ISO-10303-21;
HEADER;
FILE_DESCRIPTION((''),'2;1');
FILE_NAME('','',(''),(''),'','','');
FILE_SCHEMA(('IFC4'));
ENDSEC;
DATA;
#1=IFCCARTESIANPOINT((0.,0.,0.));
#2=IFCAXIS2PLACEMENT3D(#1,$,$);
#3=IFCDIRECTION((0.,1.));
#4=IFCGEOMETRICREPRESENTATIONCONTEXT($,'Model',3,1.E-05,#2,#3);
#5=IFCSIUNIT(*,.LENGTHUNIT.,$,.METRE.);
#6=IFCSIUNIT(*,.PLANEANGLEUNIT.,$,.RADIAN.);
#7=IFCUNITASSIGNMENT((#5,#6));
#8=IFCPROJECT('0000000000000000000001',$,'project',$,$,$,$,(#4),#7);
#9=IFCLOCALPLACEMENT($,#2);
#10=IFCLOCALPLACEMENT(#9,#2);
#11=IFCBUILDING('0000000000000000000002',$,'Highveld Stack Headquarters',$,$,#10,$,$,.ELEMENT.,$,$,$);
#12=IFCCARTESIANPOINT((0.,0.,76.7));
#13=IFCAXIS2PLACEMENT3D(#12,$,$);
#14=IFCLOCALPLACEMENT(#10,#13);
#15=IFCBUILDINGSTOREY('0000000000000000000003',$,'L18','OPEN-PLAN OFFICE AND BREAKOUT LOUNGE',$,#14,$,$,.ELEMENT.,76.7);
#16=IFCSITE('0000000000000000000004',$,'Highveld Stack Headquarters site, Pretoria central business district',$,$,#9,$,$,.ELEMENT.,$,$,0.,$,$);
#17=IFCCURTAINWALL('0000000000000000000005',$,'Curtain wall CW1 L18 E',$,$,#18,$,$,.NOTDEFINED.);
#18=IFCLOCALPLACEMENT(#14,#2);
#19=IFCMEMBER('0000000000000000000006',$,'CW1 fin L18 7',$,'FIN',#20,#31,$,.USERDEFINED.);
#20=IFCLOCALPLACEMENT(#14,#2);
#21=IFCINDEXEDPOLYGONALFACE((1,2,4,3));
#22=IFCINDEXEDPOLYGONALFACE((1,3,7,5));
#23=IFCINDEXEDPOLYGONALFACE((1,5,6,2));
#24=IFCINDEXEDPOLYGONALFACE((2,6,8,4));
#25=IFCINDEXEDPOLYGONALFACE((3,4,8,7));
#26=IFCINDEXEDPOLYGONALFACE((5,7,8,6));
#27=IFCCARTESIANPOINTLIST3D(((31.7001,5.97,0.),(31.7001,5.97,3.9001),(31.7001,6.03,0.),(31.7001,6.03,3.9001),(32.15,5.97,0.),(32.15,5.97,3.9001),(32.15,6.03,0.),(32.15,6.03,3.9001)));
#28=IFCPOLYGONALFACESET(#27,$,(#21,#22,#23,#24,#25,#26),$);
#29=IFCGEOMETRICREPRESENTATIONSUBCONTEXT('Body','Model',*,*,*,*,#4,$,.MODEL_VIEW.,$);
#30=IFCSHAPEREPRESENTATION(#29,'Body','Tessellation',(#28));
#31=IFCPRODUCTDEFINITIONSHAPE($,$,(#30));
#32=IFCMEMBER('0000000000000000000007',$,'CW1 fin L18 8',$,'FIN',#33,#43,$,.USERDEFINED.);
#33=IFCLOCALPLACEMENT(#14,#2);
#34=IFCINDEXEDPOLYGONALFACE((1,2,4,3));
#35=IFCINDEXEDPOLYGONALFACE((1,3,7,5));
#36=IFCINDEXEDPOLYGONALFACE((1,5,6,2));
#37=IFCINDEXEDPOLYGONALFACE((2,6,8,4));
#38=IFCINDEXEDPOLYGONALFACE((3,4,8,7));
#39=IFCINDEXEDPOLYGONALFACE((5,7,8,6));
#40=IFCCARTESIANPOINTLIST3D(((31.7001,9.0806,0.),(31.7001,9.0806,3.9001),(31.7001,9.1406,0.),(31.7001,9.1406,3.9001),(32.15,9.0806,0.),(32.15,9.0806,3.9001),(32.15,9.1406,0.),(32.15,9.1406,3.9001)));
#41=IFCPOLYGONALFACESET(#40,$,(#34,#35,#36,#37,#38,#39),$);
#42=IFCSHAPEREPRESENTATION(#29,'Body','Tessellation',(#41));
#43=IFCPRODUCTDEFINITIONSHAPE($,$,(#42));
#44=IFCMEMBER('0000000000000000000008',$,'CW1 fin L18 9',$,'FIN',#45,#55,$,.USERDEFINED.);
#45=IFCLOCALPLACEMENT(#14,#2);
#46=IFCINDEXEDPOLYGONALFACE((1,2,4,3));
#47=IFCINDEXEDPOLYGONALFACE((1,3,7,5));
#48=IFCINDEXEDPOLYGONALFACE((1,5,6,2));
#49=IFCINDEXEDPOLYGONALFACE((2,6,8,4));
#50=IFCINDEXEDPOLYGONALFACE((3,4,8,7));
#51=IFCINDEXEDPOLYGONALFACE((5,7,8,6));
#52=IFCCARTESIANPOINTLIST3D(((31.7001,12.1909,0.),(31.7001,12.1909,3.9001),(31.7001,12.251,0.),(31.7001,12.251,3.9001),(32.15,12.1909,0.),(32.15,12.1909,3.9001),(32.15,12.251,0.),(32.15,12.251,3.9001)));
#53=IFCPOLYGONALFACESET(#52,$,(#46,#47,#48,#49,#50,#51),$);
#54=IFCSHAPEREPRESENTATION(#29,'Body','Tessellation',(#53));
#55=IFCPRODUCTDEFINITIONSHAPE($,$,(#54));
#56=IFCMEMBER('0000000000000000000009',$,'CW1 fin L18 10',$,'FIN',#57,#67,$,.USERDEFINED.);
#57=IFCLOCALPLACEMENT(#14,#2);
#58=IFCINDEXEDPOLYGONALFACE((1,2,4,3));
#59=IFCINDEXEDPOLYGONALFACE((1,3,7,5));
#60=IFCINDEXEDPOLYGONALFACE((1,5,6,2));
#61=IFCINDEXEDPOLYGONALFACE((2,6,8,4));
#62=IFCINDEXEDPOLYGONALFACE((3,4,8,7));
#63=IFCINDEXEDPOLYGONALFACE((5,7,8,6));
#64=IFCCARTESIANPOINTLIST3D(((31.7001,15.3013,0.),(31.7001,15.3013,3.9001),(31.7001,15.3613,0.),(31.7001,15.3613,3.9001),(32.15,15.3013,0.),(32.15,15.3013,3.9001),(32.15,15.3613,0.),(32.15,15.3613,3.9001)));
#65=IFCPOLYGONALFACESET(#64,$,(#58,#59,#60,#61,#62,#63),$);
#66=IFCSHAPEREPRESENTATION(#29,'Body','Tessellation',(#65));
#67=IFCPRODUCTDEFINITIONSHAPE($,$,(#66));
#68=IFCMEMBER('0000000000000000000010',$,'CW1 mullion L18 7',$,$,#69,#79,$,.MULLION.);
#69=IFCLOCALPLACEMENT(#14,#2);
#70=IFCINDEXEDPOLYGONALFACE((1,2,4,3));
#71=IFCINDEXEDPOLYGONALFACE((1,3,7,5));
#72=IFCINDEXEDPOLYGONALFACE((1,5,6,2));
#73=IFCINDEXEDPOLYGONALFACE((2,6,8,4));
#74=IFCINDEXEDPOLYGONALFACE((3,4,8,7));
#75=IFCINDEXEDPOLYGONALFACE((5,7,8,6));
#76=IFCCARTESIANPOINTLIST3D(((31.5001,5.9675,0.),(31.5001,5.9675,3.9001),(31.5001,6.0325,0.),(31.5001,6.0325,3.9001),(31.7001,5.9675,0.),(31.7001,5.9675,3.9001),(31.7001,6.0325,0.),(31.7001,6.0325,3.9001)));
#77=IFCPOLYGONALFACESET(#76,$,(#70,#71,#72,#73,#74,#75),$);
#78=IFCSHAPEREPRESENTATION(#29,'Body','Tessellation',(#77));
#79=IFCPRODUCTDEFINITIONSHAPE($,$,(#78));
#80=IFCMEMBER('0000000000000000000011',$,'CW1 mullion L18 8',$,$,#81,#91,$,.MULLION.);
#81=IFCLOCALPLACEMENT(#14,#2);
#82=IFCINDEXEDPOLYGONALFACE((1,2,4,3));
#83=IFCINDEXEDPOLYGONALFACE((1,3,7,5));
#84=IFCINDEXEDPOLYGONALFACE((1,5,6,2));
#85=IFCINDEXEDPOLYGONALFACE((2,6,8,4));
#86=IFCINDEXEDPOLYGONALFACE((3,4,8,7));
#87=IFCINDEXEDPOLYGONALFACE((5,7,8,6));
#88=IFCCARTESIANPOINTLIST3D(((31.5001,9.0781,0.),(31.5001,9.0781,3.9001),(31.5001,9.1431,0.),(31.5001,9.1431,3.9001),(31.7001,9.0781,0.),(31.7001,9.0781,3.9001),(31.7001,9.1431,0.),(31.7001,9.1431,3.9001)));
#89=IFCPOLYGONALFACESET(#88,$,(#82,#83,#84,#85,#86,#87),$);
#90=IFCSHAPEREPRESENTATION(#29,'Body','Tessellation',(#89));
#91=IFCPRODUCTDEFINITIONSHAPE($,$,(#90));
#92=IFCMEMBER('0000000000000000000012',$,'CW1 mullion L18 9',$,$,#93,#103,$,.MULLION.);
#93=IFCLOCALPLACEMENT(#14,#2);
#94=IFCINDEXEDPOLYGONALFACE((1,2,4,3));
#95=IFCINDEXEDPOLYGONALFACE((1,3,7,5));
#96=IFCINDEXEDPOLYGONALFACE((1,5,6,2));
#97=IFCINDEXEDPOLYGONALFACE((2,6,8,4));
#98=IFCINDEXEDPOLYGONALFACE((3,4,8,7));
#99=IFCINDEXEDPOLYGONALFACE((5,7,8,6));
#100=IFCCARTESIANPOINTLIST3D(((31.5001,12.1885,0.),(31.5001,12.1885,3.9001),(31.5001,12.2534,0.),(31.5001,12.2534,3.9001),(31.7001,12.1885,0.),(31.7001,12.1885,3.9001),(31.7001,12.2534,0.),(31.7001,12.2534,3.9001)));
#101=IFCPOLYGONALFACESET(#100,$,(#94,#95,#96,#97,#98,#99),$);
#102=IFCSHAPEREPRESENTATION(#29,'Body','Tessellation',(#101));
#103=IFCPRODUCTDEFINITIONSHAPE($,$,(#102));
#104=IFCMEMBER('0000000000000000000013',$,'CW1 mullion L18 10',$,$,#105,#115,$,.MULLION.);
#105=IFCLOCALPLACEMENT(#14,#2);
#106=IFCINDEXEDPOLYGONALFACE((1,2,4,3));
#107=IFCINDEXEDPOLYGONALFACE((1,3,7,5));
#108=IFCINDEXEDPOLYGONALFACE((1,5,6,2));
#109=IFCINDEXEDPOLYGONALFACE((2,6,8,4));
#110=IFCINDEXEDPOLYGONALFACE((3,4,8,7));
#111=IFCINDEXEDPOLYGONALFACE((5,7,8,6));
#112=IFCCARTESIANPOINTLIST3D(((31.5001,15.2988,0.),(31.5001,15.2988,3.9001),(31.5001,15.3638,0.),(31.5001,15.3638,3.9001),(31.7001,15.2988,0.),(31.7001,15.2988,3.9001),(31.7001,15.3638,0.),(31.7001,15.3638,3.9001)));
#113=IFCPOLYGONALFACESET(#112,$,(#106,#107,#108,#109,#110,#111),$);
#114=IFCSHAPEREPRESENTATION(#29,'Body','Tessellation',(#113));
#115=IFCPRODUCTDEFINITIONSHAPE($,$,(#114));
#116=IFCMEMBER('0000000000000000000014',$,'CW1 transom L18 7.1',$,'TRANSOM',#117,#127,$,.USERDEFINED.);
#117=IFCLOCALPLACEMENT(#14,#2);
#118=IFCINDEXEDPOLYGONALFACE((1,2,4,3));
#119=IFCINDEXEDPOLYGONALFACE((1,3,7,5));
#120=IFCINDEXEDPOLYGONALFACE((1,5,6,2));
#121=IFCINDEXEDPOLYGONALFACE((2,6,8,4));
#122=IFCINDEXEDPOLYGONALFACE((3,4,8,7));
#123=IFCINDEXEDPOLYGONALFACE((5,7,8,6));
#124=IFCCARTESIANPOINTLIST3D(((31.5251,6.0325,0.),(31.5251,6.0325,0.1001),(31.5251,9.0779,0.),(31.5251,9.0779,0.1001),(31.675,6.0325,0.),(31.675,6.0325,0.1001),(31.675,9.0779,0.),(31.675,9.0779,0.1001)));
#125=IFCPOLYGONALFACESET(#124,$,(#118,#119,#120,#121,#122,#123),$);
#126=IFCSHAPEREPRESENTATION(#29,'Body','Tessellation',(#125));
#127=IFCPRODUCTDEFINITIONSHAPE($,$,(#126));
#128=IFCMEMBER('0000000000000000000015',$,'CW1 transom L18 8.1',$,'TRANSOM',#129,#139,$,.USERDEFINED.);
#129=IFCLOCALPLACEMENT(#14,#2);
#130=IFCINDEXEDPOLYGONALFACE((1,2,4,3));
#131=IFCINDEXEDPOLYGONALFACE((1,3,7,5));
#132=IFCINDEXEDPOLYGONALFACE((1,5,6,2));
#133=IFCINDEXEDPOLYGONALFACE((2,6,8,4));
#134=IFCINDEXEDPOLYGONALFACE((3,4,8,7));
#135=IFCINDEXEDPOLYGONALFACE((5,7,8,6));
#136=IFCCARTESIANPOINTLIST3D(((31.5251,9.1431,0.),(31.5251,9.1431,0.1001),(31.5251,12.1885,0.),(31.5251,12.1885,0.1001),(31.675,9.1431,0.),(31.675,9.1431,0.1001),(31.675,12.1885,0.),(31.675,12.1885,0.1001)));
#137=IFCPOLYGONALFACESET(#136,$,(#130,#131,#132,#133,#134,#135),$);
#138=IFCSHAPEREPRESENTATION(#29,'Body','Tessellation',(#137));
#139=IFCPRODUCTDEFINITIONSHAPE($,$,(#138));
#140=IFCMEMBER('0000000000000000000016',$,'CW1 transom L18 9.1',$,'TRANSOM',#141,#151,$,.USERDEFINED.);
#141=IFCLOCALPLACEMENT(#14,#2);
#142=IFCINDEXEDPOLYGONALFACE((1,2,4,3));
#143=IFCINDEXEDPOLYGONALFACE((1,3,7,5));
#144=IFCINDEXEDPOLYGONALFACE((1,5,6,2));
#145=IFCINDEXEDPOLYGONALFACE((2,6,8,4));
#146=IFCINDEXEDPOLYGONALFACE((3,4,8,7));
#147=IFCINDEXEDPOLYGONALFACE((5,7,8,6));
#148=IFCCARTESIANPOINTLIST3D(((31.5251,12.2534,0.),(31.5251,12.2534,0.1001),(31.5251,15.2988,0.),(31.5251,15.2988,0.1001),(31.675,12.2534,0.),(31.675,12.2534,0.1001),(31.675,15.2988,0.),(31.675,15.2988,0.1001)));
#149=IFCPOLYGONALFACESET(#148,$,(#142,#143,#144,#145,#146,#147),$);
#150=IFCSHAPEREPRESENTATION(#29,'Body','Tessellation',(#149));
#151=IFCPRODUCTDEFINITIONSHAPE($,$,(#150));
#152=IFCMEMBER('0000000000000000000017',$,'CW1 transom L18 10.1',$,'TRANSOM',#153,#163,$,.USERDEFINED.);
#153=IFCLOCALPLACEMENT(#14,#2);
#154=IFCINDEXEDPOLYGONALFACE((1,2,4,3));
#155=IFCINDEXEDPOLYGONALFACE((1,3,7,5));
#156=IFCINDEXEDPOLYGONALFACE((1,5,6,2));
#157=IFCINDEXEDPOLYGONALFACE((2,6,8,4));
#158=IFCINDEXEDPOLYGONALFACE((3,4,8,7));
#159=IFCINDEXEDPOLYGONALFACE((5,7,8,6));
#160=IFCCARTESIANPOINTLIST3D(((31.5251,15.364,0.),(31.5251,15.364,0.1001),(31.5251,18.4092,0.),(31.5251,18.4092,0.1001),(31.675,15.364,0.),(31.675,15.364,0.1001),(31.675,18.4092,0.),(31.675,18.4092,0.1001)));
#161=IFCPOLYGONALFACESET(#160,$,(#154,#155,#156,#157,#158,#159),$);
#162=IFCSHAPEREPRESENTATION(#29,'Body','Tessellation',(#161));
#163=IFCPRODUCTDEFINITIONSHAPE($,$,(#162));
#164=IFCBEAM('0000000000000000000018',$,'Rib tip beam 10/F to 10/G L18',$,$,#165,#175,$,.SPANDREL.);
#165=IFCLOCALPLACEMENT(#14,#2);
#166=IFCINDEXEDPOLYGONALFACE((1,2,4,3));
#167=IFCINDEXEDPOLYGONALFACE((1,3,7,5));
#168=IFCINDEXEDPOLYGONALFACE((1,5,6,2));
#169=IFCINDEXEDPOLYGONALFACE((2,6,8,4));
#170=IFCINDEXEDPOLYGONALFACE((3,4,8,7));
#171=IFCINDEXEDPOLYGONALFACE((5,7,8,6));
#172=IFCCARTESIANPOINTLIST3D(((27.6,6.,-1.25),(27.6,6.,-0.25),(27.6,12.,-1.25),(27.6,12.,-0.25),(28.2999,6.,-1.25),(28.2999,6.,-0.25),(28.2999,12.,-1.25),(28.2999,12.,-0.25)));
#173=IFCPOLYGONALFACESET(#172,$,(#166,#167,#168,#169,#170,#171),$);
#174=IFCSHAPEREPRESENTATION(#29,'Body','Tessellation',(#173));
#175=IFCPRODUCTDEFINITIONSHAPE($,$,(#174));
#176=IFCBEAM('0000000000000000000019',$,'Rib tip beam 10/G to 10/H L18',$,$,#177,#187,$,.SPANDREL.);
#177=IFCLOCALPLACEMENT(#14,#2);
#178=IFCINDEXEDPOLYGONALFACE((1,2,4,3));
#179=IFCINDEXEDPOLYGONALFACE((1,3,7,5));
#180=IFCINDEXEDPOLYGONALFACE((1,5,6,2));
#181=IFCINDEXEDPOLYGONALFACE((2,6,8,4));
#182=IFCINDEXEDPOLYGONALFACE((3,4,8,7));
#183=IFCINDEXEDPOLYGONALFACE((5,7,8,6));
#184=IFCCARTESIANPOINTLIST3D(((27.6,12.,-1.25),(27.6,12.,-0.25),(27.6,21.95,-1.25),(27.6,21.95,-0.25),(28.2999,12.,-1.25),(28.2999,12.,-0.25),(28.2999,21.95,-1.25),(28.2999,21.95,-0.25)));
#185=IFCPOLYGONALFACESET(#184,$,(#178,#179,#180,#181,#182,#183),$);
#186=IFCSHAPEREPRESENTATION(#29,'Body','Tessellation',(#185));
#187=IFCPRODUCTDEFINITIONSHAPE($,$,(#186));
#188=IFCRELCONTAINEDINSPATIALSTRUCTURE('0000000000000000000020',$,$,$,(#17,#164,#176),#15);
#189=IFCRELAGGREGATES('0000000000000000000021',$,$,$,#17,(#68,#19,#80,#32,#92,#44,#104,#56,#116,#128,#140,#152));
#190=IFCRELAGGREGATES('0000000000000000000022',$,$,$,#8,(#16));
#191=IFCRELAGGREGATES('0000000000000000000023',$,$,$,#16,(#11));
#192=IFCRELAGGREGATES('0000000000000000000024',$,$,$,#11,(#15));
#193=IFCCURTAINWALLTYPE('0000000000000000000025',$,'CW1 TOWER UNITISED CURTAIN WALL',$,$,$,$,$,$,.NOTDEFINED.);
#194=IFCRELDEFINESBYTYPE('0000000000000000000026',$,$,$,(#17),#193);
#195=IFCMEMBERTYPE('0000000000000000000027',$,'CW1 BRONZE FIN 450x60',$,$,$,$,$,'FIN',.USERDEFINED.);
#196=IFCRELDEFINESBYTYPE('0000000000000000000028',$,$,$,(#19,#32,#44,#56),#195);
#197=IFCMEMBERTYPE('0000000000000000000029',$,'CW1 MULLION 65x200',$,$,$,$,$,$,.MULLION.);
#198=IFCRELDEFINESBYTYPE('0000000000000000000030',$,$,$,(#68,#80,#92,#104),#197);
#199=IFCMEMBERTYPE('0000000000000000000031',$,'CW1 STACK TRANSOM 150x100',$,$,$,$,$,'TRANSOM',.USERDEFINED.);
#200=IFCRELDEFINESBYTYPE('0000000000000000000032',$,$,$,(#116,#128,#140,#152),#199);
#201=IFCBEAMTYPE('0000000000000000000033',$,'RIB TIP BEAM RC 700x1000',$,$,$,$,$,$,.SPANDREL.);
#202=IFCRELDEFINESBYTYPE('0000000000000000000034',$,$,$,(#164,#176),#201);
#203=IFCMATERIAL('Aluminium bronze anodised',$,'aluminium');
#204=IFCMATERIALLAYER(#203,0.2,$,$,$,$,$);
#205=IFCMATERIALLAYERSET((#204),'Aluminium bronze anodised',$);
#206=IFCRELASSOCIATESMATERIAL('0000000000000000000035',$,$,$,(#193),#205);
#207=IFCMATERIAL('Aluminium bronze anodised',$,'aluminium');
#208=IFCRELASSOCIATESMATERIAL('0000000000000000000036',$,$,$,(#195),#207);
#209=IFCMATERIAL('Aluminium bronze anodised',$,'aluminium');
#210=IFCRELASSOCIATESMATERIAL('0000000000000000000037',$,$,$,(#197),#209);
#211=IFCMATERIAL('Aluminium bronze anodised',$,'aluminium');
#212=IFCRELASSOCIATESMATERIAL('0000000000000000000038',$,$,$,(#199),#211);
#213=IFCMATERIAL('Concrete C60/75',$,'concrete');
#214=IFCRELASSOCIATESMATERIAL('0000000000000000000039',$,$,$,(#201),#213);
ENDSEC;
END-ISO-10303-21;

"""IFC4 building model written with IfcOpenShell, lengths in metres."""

from ifc_helpers import new_model, si_unit, direction, frame, origin, origin_2d, place, context, subcontext, project, spatial, rectangle, extrude, material, layer, layer_set, material_profile, profile_set, type_object, element, aggregate, save


model = new_model("IFC4")

# Units and contexts
model_context = context("Model", 3, precision=1e-05, world=origin(), true_north=direction((0.0, 1.0)))
body_context = subcontext(model_context, "Body", "Model", "MODEL_VIEW")
ifc_project = project(units=[si_unit("LENGTHUNIT", "METRE"), si_unit("PLANEANGLEUNIT", "RADIAN")], contexts=[model_context])

# Site, building, storey
site_placement = place(None, origin())
site = spatial("IfcSite", under=ifc_project, at=site_placement, Name="Highveld Stack Headquarters site, Pretoria central business district", CompositionType="ELEMENT", RefElevation=0.0)
building_placement = place(site_placement, origin())
building = spatial("IfcBuilding", under=site, at=building_placement, Name="Highveld Stack Headquarters", CompositionType="ELEMENT")
storey_placement = place(building_placement, frame((0.0, 0.0, 76.7)))
storey = spatial("IfcBuildingStorey", under=building, at=storey_placement, Name="L18", Description="OPEN-PLAN OFFICE AND BREAKOUT LOUNGE", CompositionType="ELEMENT", Elevation=76.7)

# Curtain wall, members
ifc_material_1 = material(Name="Aluminium bronze anodised", Category="aluminium")
ifc_layer_1 = layer(ifc_material_1, 0.2)
ifc_layer_set_1 = layer_set([ifc_layer_1], Name="Aluminium bronze anodised")
curtain_wall_type = type_object("IfcCurtainWallType", Name="CW1 TOWER UNITISED CURTAIN WALL", PredefinedType="NOTDEFINED", material=ifc_layer_set_1)
curtain_wall_placement = place(storey_placement, origin())
curtain_wall = element("IfcCurtainWall", 1, at=curtain_wall_placement, inside=storey, type_object=curtain_wall_type, Name="Curtain wall CW1 L18 E", PredefinedType="NOTDEFINED")
ifc_material_2 = material(Name="Aluminium bronze anodised", Category="aluminium")
ifc_material_profile_1 = material_profile(ifc_material_2, rectangle(XDim=0.45, YDim=0.0601, at=origin_2d()), Name="FIN 450x60")
ifc_profile_set_1 = profile_set([ifc_material_profile_1], Name="Aluminium bronze anodised")
member_type_1 = type_object("IfcMemberType", Name="CW1 BRONZE FIN 450x60", ElementType="FIN", PredefinedType="USERDEFINED", material=ifc_profile_set_1)
member_1_placement = place(storey_placement, frame((31.925, 6.0, 0.0), z_axis=(0.0, 0.0, 1.0), x_axis=(-1.0, 0.0, 0.0)))
member_1 = element("IfcMember", 2, at=member_1_placement, type_object=member_type_1, Name="CW1 fin L18 7", ObjectType="FIN", PredefinedType="USERDEFINED", context=body_context, shape_type="SweptSolid", body=[
    extrude(rectangle(XDim=0.45, YDim=0.0601, at=origin_2d()), origin(), (0.0, 0.0, 1.0), 3.9001),
])
member_2_placement = place(storey_placement, frame((31.925, 9.1106, 0.0), z_axis=(0.0, 0.0, 1.0), x_axis=(-1.0, 0.0, 0.0)))
member_2 = element("IfcMember", 3, at=member_2_placement, type_object=member_type_1, Name="CW1 fin L18 8", ObjectType="FIN", PredefinedType="USERDEFINED", context=body_context, shape_type="SweptSolid", body=[
    extrude(rectangle(XDim=0.45, YDim=0.0601, at=origin_2d()), origin(), (0.0, 0.0, 1.0), 3.9001),
])
member_3_placement = place(storey_placement, frame((31.925, 12.2209, 0.0), z_axis=(0.0, 0.0, 1.0), x_axis=(-1.0, 0.0, 0.0)))
member_3 = element("IfcMember", 4, at=member_3_placement, type_object=member_type_1, Name="CW1 fin L18 9", ObjectType="FIN", PredefinedType="USERDEFINED", context=body_context, shape_type="SweptSolid", body=[
    extrude(rectangle(XDim=0.45, YDim=0.0601, at=origin_2d()), origin(), (0.0, 0.0, 1.0), 3.9001),
])
member_4_placement = place(storey_placement, frame((31.925, 15.3313, 0.0), z_axis=(0.0, 0.0, 1.0), x_axis=(-1.0, 0.0, 0.0)))
member_4 = element("IfcMember", 5, at=member_4_placement, type_object=member_type_1, Name="CW1 fin L18 10", ObjectType="FIN", PredefinedType="USERDEFINED", context=body_context, shape_type="SweptSolid", body=[
    extrude(rectangle(XDim=0.45, YDim=0.0601, at=origin_2d()), origin(), (0.0, 0.0, 1.0), 3.9001),
])
ifc_material_3 = material(Name="Aluminium bronze anodised", Category="aluminium")
ifc_material_profile_2 = material_profile(ifc_material_3, rectangle(XDim=0.2, YDim=0.0649, at=origin_2d()), Name="CW1 MULLION 65x200")
ifc_profile_set_2 = profile_set([ifc_material_profile_2], Name="Aluminium bronze anodised")
member_type_2 = type_object("IfcMemberType", Name="CW1 MULLION 65x200", PredefinedType="MULLION", material=ifc_profile_set_2)
member_5_placement = place(storey_placement, frame((31.6001, 6.0, 0.0), z_axis=(0.0, 0.0, 1.0), x_axis=(-1.0, 0.0, 0.0)))
member_5 = element("IfcMember", 6, at=member_5_placement, type_object=member_type_2, Name="CW1 mullion L18 7", PredefinedType="MULLION", context=body_context, shape_type="SweptSolid", body=[
    extrude(rectangle(XDim=0.2, YDim=0.0649, at=origin_2d()), origin(), (0.0, 0.0, 1.0), 3.9001),
])
member_6_placement = place(storey_placement, frame((31.6001, 9.1106, 0.0), z_axis=(0.0, 0.0, 1.0), x_axis=(-1.0, 0.0, 0.0)))
member_6 = element("IfcMember", 7, at=member_6_placement, type_object=member_type_2, Name="CW1 mullion L18 8", PredefinedType="MULLION", context=body_context, shape_type="SweptSolid", body=[
    extrude(rectangle(XDim=0.2, YDim=0.0649, at=origin_2d()), origin(), (0.0, 0.0, 1.0), 3.9001),
])
member_7_placement = place(storey_placement, frame((31.6001, 12.2209, 0.0), z_axis=(0.0, 0.0, 1.0), x_axis=(-1.0, 0.0, 0.0)))
member_7 = element("IfcMember", 8, at=member_7_placement, type_object=member_type_2, Name="CW1 mullion L18 9", PredefinedType="MULLION", context=body_context, shape_type="SweptSolid", body=[
    extrude(rectangle(XDim=0.2, YDim=0.0649, at=origin_2d()), origin(), (0.0, 0.0, 1.0), 3.9001),
])
member_8_placement = place(storey_placement, frame((31.6001, 15.3313, 0.0), z_axis=(0.0, 0.0, 1.0), x_axis=(-1.0, 0.0, 0.0)))
member_8 = element("IfcMember", 9, at=member_8_placement, type_object=member_type_2, Name="CW1 mullion L18 10", PredefinedType="MULLION", context=body_context, shape_type="SweptSolid", body=[
    extrude(rectangle(XDim=0.2, YDim=0.0649, at=origin_2d()), origin(), (0.0, 0.0, 1.0), 3.9001),
])
ifc_material_4 = material(Name="Aluminium bronze anodised", Category="aluminium")
ifc_material_profile_3 = material_profile(ifc_material_4, rectangle(XDim=0.1499, YDim=0.1001, at=origin_2d()), Name="CW1 TRANSOM 150x100")
ifc_profile_set_3 = profile_set([ifc_material_profile_3], Name="Aluminium bronze anodised")
member_type_3 = type_object("IfcMemberType", Name="CW1 STACK TRANSOM 150x100", ElementType="TRANSOM", PredefinedType="USERDEFINED", material=ifc_profile_set_3)
member_9_placement = place(storey_placement, frame((31.6001, 6.0325, 0.05), z_axis=(0.0, 1.0, 0.0), x_axis=(-1.0, 0.0, 0.0)))
member_9 = element("IfcMember", 10, at=member_9_placement, type_object=member_type_3, Name="CW1 transom L18 7.1", ObjectType="TRANSOM", PredefinedType="USERDEFINED", context=body_context, shape_type="SweptSolid", body=[
    extrude(rectangle(XDim=0.1499, YDim=0.1001, at=origin_2d()), origin(), (0.0, 0.0, 1.0), 3.0454),
])
member_10_placement = place(storey_placement, frame((31.6001, 9.1431, 0.05), z_axis=(0.0, 1.0, 0.0), x_axis=(-1.0, 0.0, 0.0)))
member_10 = element("IfcMember", 11, at=member_10_placement, type_object=member_type_3, Name="CW1 transom L18 8.1", ObjectType="TRANSOM", PredefinedType="USERDEFINED", context=body_context, shape_type="SweptSolid", body=[
    extrude(rectangle(XDim=0.1499, YDim=0.1001, at=origin_2d()), origin(), (0.0, 0.0, 1.0), 3.0454),
])
member_11_placement = place(storey_placement, frame((31.6001, 12.2534, 0.05), z_axis=(0.0, 1.0, 0.0), x_axis=(-1.0, 0.0, 0.0)))
member_11 = element("IfcMember", 12, at=member_11_placement, type_object=member_type_3, Name="CW1 transom L18 9.1", ObjectType="TRANSOM", PredefinedType="USERDEFINED", context=body_context, shape_type="SweptSolid", body=[
    extrude(rectangle(XDim=0.1499, YDim=0.1001, at=origin_2d()), origin(), (0.0, 0.0, 1.0), 3.0454),
])
member_12_placement = place(storey_placement, frame((31.6001, 15.364, 0.05), z_axis=(0.0, 1.0, 0.0), x_axis=(-1.0, 0.0, 0.0)))
member_12 = element("IfcMember", 13, at=member_12_placement, type_object=member_type_3, Name="CW1 transom L18 10.1", ObjectType="TRANSOM", PredefinedType="USERDEFINED", context=body_context, shape_type="SweptSolid", body=[
    extrude(rectangle(XDim=0.1499, YDim=0.1001, at=origin_2d()), origin(), (0.0, 0.0, 1.0), 3.0452),
])

# Beams
ifc_material_5 = material(Name="Concrete C60/75", Category="concrete")
ifc_material_profile_4 = material_profile(ifc_material_5, rectangle(XDim=0.7, YDim=1.0, at=origin_2d()), Name="RC 700x1000")
ifc_profile_set_4 = profile_set([ifc_material_profile_4], Name="Concrete C60/75")
beam_type = type_object("IfcBeamType", Name="RIB TIP BEAM RC 700x1000", PredefinedType="SPANDREL", material=ifc_profile_set_4)
beam_1_placement = place(storey_placement, frame((27.95, 6.0, -0.75), z_axis=(0.0, 1.0, 0.0), x_axis=(-1.0, 0.0, 0.0)))
element("IfcBeam", 14, at=beam_1_placement, inside=storey, type_object=beam_type, Name="Rib tip beam 10/F to 10/G L18", PredefinedType="SPANDREL", context=body_context, shape_type="SweptSolid", body=[
    extrude(rectangle(XDim=0.7, YDim=1.0, at=origin_2d()), origin(), (0.0, 0.0, 1.0), 6.0),
])
beam_2_placement = place(storey_placement, frame((27.95, 12.0, -0.75), z_axis=(0.0, 1.0, 0.0), x_axis=(-1.0, 0.0, 0.0)))
element("IfcBeam", 15, at=beam_2_placement, inside=storey, type_object=beam_type, Name="Rib tip beam 10/G to 10/H L18", PredefinedType="SPANDREL", context=body_context, shape_type="SweptSolid", body=[
    extrude(rectangle(XDim=0.7, YDim=1.0, at=origin_2d()), origin(), (0.0, 0.0, 1.0), 9.95),
])

aggregate(curtain_wall, [member_5, member_1, member_6, member_2, member_7, member_3, member_8, member_4, member_9, member_10, member_11, member_12])

save(model, "model.ifc")
